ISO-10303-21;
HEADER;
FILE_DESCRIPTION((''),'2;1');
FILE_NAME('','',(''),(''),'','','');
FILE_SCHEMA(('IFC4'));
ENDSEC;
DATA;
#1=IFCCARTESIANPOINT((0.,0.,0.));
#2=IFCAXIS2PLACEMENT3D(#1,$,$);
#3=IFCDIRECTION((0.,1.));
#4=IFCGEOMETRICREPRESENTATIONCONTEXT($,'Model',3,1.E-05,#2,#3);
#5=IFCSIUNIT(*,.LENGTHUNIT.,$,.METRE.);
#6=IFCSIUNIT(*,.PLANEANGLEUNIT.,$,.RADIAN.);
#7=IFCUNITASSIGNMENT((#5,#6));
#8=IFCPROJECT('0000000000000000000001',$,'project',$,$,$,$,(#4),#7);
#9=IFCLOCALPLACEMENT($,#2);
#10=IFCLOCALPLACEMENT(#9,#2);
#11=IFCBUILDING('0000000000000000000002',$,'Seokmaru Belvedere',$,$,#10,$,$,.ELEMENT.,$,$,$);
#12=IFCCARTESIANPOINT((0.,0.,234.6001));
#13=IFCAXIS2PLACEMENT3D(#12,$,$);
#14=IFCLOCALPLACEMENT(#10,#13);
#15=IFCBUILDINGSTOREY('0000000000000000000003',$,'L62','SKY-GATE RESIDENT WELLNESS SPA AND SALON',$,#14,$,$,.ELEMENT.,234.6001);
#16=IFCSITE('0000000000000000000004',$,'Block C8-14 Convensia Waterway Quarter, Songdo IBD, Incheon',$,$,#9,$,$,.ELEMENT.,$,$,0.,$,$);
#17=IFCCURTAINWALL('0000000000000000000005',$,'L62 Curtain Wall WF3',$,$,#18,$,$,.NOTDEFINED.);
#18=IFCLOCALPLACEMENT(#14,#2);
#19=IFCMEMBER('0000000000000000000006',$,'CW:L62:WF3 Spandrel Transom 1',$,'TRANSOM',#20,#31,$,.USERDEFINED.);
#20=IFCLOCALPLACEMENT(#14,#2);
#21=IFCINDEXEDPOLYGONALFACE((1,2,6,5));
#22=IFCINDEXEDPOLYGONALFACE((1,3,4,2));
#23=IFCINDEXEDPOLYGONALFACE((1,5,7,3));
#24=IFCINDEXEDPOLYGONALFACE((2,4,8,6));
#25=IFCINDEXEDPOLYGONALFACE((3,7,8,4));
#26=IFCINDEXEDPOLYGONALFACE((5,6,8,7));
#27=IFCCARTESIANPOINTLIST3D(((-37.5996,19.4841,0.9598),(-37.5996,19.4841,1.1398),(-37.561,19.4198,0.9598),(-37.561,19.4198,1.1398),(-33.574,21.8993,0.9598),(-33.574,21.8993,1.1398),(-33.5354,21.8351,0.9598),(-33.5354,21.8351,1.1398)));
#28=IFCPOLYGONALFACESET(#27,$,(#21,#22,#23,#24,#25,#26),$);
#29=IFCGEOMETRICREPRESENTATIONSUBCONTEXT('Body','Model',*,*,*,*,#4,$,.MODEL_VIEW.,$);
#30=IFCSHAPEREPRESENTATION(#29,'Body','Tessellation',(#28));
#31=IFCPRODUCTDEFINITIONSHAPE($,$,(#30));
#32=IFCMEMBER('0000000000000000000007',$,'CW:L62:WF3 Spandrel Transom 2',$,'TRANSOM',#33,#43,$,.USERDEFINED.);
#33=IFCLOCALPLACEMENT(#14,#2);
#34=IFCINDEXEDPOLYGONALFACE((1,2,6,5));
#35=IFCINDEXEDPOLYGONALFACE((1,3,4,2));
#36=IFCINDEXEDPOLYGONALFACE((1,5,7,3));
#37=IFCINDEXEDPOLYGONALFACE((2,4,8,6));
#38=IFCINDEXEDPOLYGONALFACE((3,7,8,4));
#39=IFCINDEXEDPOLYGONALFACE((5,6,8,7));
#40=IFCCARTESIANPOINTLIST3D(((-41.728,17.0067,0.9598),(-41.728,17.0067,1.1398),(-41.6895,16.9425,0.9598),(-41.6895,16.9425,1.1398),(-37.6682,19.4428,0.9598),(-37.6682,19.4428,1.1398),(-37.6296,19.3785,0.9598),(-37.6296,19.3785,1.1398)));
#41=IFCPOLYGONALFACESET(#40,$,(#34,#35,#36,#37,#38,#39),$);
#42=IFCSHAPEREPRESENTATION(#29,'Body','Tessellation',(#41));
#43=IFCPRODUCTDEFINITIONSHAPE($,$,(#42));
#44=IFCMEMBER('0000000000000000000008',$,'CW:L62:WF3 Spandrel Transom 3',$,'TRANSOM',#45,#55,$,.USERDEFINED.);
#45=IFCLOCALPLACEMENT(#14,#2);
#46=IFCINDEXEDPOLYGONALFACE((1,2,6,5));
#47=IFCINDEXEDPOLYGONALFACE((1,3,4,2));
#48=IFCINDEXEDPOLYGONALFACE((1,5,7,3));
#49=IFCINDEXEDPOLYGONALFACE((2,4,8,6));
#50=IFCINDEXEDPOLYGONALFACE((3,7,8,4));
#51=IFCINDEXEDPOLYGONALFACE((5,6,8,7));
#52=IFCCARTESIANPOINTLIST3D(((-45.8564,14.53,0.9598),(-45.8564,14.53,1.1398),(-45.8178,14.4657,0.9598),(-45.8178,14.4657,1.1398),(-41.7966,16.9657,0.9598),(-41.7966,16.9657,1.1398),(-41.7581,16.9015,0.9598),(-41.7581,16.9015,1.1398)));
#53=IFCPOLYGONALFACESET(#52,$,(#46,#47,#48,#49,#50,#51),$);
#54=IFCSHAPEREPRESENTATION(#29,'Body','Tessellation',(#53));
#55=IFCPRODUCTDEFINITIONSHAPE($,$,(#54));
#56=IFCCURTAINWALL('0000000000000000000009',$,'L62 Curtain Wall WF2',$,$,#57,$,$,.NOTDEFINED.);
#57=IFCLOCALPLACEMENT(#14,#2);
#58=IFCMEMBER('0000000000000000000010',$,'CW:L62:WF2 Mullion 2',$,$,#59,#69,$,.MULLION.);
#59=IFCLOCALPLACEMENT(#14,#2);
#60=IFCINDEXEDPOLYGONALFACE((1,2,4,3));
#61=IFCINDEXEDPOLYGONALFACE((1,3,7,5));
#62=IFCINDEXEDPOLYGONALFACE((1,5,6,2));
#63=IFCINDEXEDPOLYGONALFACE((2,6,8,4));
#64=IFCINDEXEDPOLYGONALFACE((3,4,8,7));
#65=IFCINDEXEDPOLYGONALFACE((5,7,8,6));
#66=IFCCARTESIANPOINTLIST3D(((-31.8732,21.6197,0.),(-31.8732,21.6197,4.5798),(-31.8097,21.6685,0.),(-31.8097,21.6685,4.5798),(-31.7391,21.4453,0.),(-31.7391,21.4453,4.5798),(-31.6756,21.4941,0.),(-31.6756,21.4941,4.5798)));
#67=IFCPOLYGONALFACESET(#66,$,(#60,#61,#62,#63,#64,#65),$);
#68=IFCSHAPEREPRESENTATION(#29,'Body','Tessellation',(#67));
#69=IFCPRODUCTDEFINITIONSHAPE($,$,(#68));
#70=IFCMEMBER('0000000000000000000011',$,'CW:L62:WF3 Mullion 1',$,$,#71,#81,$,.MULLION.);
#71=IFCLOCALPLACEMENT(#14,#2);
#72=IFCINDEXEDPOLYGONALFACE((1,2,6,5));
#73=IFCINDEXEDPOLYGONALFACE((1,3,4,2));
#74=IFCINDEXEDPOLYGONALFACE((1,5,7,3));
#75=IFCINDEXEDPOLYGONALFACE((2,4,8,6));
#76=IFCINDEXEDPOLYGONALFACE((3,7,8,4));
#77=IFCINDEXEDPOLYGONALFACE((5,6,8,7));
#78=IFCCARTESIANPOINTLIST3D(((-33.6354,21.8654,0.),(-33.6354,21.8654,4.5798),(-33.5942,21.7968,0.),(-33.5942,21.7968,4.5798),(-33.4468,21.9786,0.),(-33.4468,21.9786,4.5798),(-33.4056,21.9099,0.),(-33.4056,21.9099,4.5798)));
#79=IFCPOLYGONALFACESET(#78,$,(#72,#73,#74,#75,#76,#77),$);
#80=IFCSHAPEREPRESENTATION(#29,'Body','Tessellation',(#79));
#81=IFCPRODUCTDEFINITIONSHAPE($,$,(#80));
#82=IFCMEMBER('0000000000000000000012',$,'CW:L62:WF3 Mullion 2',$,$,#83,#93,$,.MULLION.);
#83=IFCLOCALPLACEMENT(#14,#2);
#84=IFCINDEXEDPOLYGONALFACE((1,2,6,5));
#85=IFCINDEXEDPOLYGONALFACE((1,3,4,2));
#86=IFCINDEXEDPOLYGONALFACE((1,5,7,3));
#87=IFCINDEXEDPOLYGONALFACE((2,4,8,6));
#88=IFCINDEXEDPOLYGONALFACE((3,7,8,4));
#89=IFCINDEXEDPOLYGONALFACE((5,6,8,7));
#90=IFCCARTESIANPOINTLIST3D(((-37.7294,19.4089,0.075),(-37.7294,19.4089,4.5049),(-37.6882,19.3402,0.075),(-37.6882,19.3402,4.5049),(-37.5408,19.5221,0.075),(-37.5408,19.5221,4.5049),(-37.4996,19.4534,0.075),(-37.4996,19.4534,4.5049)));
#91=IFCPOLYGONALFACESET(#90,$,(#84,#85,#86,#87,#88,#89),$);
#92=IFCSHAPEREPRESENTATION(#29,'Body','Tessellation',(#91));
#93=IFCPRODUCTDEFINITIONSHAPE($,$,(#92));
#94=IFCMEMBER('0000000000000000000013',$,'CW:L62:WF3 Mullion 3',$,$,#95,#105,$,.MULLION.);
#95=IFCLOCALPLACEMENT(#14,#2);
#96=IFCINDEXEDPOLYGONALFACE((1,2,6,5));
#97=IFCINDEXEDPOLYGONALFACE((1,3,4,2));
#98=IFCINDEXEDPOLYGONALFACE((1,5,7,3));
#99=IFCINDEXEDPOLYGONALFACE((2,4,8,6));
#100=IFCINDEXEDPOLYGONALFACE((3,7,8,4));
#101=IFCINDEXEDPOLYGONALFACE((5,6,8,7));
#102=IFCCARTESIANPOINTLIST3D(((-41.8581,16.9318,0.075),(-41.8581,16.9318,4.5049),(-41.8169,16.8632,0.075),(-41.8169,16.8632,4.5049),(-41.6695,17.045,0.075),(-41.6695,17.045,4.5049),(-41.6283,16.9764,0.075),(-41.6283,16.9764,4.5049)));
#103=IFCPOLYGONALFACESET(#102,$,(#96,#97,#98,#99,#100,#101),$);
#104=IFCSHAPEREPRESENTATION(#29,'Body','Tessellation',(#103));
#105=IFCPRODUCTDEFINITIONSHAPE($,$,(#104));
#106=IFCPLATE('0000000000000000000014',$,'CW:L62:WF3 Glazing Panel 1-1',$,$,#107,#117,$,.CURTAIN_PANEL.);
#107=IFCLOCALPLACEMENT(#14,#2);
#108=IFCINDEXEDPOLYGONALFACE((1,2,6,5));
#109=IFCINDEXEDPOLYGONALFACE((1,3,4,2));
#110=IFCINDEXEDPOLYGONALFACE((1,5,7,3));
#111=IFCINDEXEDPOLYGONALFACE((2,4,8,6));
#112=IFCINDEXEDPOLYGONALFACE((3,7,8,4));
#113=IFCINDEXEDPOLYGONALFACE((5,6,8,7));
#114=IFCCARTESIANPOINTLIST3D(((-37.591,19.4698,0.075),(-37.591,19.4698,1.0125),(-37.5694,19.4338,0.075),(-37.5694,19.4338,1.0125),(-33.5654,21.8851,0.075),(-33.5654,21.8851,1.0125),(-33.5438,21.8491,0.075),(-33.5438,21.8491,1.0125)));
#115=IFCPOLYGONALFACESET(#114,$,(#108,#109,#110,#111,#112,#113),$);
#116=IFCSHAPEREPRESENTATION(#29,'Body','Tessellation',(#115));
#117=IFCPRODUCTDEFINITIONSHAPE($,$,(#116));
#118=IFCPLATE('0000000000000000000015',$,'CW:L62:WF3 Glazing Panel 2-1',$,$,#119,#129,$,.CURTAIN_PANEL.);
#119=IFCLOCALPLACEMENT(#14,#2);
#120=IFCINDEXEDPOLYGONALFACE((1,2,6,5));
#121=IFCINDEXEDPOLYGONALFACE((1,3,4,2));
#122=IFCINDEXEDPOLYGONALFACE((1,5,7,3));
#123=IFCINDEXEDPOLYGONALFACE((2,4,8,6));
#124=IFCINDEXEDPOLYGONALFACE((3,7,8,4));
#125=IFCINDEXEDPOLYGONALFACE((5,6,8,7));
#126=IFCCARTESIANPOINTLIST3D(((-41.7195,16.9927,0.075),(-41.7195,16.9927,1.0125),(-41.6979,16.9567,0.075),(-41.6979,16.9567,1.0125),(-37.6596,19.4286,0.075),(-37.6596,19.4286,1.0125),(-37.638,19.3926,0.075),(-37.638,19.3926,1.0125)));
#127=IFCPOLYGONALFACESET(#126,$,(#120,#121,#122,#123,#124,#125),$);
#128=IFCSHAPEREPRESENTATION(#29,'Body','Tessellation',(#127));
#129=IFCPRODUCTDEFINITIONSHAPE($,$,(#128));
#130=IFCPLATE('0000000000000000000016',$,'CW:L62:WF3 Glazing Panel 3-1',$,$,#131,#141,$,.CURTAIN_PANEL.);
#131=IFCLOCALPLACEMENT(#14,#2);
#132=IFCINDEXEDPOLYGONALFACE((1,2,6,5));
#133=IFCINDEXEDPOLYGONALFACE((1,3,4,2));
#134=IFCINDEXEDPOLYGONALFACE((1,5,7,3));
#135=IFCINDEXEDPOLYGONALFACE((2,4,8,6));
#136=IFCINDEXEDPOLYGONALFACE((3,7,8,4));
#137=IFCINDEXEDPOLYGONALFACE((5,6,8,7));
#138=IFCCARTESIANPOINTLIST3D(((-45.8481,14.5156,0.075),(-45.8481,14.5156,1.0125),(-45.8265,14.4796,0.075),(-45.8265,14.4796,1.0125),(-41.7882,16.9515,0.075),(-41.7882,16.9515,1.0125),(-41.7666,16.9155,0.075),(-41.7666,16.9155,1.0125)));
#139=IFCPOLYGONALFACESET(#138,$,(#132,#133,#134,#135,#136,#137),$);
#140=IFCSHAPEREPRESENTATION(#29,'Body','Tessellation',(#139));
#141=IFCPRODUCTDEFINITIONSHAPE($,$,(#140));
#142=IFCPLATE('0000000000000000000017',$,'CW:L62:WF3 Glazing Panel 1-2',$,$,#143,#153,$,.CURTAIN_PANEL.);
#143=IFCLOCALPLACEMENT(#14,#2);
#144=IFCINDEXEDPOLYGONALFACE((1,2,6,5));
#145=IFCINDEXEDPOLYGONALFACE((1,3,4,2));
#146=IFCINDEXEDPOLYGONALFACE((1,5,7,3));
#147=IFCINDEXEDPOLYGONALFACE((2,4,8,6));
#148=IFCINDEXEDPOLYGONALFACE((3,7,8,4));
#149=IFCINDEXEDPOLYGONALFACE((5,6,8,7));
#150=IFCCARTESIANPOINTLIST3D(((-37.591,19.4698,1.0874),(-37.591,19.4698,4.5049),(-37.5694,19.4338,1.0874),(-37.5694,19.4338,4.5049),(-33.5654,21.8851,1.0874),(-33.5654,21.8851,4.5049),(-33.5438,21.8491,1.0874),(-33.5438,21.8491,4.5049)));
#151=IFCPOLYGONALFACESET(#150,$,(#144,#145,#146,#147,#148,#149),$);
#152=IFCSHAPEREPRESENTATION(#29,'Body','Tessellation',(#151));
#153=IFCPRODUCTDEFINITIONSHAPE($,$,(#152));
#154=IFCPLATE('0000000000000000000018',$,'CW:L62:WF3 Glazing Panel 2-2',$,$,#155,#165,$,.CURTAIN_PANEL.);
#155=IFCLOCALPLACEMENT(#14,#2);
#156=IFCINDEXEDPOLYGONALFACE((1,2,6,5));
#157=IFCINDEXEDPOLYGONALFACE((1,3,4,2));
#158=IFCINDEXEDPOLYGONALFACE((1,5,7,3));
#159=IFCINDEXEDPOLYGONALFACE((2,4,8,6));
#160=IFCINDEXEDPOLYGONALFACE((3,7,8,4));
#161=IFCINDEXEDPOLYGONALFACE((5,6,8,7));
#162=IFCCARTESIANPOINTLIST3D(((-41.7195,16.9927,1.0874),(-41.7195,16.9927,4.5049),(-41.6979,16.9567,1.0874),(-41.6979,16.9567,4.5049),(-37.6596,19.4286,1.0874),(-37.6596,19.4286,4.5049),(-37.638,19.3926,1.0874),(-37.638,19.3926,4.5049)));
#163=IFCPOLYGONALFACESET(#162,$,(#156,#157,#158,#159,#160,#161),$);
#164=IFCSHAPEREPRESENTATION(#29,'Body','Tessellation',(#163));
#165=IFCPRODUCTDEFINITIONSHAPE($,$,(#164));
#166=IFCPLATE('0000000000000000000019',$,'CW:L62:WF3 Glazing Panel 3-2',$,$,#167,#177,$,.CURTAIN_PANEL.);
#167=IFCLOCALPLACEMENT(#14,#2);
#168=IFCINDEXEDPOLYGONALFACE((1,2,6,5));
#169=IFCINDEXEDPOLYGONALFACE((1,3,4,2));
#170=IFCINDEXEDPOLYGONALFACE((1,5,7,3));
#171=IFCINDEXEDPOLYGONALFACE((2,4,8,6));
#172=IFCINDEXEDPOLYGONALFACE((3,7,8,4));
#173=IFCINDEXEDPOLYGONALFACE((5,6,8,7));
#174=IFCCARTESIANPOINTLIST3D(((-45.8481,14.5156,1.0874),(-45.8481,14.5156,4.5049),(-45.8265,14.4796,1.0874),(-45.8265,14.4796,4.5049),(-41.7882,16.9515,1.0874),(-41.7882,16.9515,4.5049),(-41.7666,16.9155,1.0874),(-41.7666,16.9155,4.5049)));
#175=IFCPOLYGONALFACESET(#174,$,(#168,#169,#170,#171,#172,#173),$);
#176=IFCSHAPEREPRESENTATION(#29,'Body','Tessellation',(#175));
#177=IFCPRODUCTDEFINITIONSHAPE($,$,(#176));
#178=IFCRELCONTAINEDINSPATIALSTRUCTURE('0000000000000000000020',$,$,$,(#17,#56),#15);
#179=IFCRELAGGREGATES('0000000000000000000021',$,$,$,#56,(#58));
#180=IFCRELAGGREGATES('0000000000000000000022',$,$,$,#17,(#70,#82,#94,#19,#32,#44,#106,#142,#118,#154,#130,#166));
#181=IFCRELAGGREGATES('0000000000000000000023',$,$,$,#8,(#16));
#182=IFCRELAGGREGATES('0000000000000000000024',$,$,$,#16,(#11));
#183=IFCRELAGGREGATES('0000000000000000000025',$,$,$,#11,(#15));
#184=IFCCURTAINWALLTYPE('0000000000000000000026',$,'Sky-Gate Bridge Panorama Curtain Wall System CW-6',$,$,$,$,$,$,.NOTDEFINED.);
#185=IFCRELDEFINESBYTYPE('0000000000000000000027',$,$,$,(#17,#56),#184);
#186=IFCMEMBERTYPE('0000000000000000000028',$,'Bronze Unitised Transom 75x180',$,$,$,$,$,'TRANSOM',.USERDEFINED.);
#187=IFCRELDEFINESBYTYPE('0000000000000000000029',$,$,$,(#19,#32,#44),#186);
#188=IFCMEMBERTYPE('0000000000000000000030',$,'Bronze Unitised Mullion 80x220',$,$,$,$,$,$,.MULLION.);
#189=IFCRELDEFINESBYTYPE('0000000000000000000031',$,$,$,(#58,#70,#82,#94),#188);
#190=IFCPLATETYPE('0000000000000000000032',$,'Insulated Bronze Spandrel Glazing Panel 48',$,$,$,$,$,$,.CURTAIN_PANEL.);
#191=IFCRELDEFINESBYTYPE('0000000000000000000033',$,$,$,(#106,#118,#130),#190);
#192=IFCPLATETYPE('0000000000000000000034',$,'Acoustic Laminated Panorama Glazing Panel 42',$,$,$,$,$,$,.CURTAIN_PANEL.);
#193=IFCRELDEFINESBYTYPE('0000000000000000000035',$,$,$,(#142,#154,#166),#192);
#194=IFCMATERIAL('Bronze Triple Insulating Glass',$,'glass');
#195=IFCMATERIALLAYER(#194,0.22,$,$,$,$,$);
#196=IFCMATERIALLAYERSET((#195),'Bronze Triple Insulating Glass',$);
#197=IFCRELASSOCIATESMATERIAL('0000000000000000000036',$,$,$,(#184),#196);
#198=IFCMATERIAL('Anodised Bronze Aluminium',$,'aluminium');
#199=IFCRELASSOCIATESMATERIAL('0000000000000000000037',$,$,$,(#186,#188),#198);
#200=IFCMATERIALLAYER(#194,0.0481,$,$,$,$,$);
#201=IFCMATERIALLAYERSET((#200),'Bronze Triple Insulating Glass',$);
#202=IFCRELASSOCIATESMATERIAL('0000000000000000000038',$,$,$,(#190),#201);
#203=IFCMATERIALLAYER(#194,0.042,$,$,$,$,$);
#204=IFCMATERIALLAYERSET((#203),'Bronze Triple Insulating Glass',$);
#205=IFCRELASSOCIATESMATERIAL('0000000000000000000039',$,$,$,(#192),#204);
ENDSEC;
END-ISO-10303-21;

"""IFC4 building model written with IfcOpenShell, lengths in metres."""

from ifc_helpers import new_model, si_unit, direction, frame, origin, origin_2d, place, context, subcontext, project, spatial, rectangle, extrude, source, transform, mapped, material, layer, layer_set, material_profile, profile_set, type_object, type_shapes, element, aggregate, save


model = new_model("IFC4")

# Units and contexts
model_context = context("Model", 3, precision=1e-05, world=origin(), true_north=direction((0.0, 1.0)))
body_context = subcontext(model_context, "Body", "Model", "MODEL_VIEW")
ifc_project = project(units=[si_unit("LENGTHUNIT", "METRE"), si_unit("PLANEANGLEUNIT", "RADIAN")], contexts=[model_context])

# Site, building, storey
site_placement = place(None, origin())
site = spatial("IfcSite", under=ifc_project, at=site_placement, Name="Block C8-14 Convensia Waterway Quarter, Songdo IBD, Incheon", CompositionType="ELEMENT", RefElevation=0.0)
building_placement = place(site_placement, origin())
building = spatial("IfcBuilding", under=site, at=building_placement, Name="Seokmaru Belvedere", CompositionType="ELEMENT")
storey_placement = place(building_placement, frame((0.0, 0.0, 234.6001)))
storey = spatial("IfcBuildingStorey", under=building, at=storey_placement, Name="L62", Description="SKY-GATE RESIDENT WELLNESS SPA AND SALON", CompositionType="ELEMENT", Elevation=234.6001)

# Curtain wall, members
ifc_material_1 = material(Name="Bronze Triple Insulating Glass", Category="glass")
ifc_layer_1 = layer(ifc_material_1, 0.22)
ifc_layer_set_1 = layer_set([ifc_layer_1], Name="Bronze Triple Insulating Glass")
curtain_wall_type = type_object("IfcCurtainWallType", Name="Sky-Gate Bridge Panorama Curtain Wall System CW-6", PredefinedType="NOTDEFINED", material=ifc_layer_set_1)
curtain_wall_1_placement = place(storey_placement, origin())
curtain_wall_1 = element("IfcCurtainWall", 1, at=curtain_wall_1_placement, inside=storey, type_object=curtain_wall_type, Name="L62 Curtain Wall WF3", PredefinedType="NOTDEFINED")
ifc_material_2 = material(Name="Anodised Bronze Aluminium", Category="aluminium")
ifc_material_profile_1 = material_profile(ifc_material_2, rectangle(XDim=0.075, YDim=0.1799, at=origin_2d()), Name="CW-T-75x180")
ifc_profile_set_1 = profile_set([ifc_material_profile_1], Name="Anodised Bronze Aluminium")
member_type_1 = type_object("IfcMemberType", Name="Bronze Unitised Transom 75x180", ElementType="TRANSOM", PredefinedType="USERDEFINED", material=ifc_profile_set_1)
shared_shape_1 = source(origin(), body_context, "Body", "SweptSolid", [
    extrude(rectangle(XDim=0.075, YDim=0.1799, at=origin_2d()), origin(), (0.0, 0.0, 1.0), 4.6946),
])
member_1_placement = place(storey_placement, frame((-33.5547, 21.8672, 1.0498), z_axis=(-0.857502, -0.51448, 0.0), x_axis=(0.51448, -0.857502, 0.0)))
member_1 = element("IfcMember", 2, at=member_1_placement, type_object=member_type_1, Name="CW:L62:WF3 Spandrel Transom 1", ObjectType="TRANSOM", PredefinedType="USERDEFINED", context=body_context, shape_type="MappedRepresentation", body=[
    mapped(shared_shape_1, transform((0.0, 0.0, 0.0), scale=1.0)),
])
shared_shape_2 = source(origin(), body_context, "Body", "SweptSolid", [
    extrude(rectangle(XDim=0.075, YDim=0.1799, at=origin_2d()), origin(), (0.0, 0.0, 1.0), 4.7346),
])
member_2_placement = place(storey_placement, frame((-37.6489, 19.4106, 1.0498), z_axis=(-0.857479, -0.514519, 0.0), x_axis=(0.514519, -0.857479, 0.0)))
member_2 = element("IfcMember", 3, at=member_2_placement, type_object=member_type_1, Name="CW:L62:WF3 Spandrel Transom 2", ObjectType="TRANSOM", PredefinedType="USERDEFINED", context=body_context, shape_type="MappedRepresentation", body=[
    mapped(shared_shape_2, transform((0.0, 0.0, 0.0), scale=1.0)),
])
shared_shape_3 = source(origin(), body_context, "Body", "SweptSolid", [
    extrude(rectangle(XDim=0.075, YDim=0.1799, at=origin_2d()), origin(), (0.0, 0.0, 1.0), 4.7344),
])
member_3_placement = place(storey_placement, frame((-41.7773, 16.9336, 1.0498), z_axis=(-0.857502, -0.514481, 0.0), x_axis=(0.514481, -0.857502, 0.0)))
member_3 = element("IfcMember", 4, at=member_3_placement, type_object=member_type_1, Name="CW:L62:WF3 Spandrel Transom 3", ObjectType="TRANSOM", PredefinedType="USERDEFINED", context=body_context, shape_type="MappedRepresentation", body=[
    mapped(shared_shape_3, transform((0.0, 0.0, 0.0), scale=1.0)),
])

# Curtain wall, member
curtain_wall_2_placement = place(storey_placement, origin())
curtain_wall_2 = element("IfcCurtainWall", 5, at=curtain_wall_2_placement, inside=storey, type_object=curtain_wall_type, Name="L62 Curtain Wall WF2", PredefinedType="NOTDEFINED")
ifc_material_profile_2 = material_profile(ifc_material_2, rectangle(XDim=0.0801, YDim=0.22, at=origin_2d()), Name="CW-M-80x220")
ifc_profile_set_2 = profile_set([ifc_material_profile_2], Name="Anodised Bronze Aluminium")
member_type_2 = type_object("IfcMemberType", Name="Bronze Unitised Mullion 80x220", PredefinedType="MULLION", material=ifc_profile_set_2)
shared_shape_4 = source(origin(), body_context, "Body", "SweptSolid", [
    extrude(rectangle(XDim=0.0801, YDim=0.22, at=origin_2d()), origin(), (0.0, 0.0, 1.0), 4.5798),
])
member_4_placement = place(storey_placement, frame((-31.7744, 21.5569, 0.0), z_axis=(0.0, 0.0, 1.0), x_axis=(-0.792631, -0.609701, 0.0)))
member_4 = element("IfcMember", 6, at=member_4_placement, type_object=member_type_2, Name="CW:L62:WF2 Mullion 2", PredefinedType="MULLION", context=body_context, shape_type="MappedRepresentation", body=[
    mapped(shared_shape_4, transform((0.0, 0.0, 0.0), scale=1.0)),
])
aggregate(curtain_wall_2, [member_4])

# Members
member_5_placement = place(storey_placement, frame((-33.5205, 21.8877, 0.0), z_axis=(0.0, 0.0, 1.0), x_axis=(0.514495, -0.857493, 0.0)))
member_5 = element("IfcMember", 7, at=member_5_placement, type_object=member_type_2, Name="CW:L62:WF3 Mullion 1", PredefinedType="MULLION", context=body_context, shape_type="MappedRepresentation", body=[
    mapped(shared_shape_4, transform((0.0, 0.0, 0.0), scale=1.0)),
])
shared_shape_5 = source(origin(), body_context, "Body", "SweptSolid", [
    extrude(rectangle(XDim=0.0801, YDim=0.22, at=origin_2d()), origin(), (0.0, 0.0, 1.0), 4.4299),
])
type_shapes(member_type_2, [shared_shape_4, shared_shape_5])
member_6_placement = place(storey_placement, frame((-37.6145, 19.4312, 0.075), z_axis=(0.0, 0.0, 1.0), x_axis=(0.514495, -0.857493, 0.0)))
member_6 = element("IfcMember", 8, at=member_6_placement, type_object=member_type_2, Name="CW:L62:WF3 Mullion 2", PredefinedType="MULLION", context=body_context, shape_type="MappedRepresentation", body=[
    mapped(shared_shape_5, transform((0.0, 0.0, 0.0), scale=1.0)),
])
member_7_placement = place(storey_placement, frame((-41.7432, 16.9541, 0.075), z_axis=(0.0, 0.0, 1.0), x_axis=(0.514495, -0.857493, 0.0)))
member_7 = element("IfcMember", 9, at=member_7_placement, type_object=member_type_2, Name="CW:L62:WF3 Mullion 3", PredefinedType="MULLION", context=body_context, shape_type="MappedRepresentation", body=[
    mapped(shared_shape_5, transform((0.0, 0.0, 0.0), scale=1.0)),
])

# Plates
ifc_layer_2 = layer(ifc_material_1, 0.0481)
ifc_layer_set_2 = layer_set([ifc_layer_2], Name="Bronze Triple Insulating Glass")
plate_type_1 = type_object("IfcPlateType", Name="Insulated Bronze Spandrel Glazing Panel 48", PredefinedType="CURTAIN_PANEL", material=ifc_layer_set_2)
shared_shape_6 = source(origin(), body_context, "Body", "SweptSolid", [
    extrude(rectangle(XDim=4.6946, YDim=0.042, at=origin_2d()), origin(), (0.0, 0.0, 1.0), 0.9375),
])
plate_1_placement = place(storey_placement, frame((-35.5674, 20.6594, 0.075), z_axis=(0.0, 0.0, 1.0), x_axis=(-0.857493, -0.514495, 0.0)))
plate_1 = element("IfcPlate", 10, at=plate_1_placement, type_object=plate_type_1, Name="CW:L62:WF3 Glazing Panel 1-1", PredefinedType="CURTAIN_PANEL", context=body_context, shape_type="MappedRepresentation", body=[
    mapped(shared_shape_6, transform((0.0, 0.0, 0.0), scale=1.0)),
])
shared_shape_7 = source(origin(), body_context, "Body", "SweptSolid", [
    extrude(rectangle(XDim=4.7346, YDim=0.042, at=origin_2d()), origin(), (0.0, 0.0, 1.0), 0.9375),
])
type_shapes(plate_type_1, [shared_shape_6, shared_shape_7])
plate_2_placement = place(storey_placement, frame((-39.6787, 18.1926, 0.075), z_axis=(0.0, 0.0, 1.0), x_axis=(-0.857493, -0.514495, 0.0)))
plate_2 = element("IfcPlate", 11, at=plate_2_placement, type_object=plate_type_1, Name="CW:L62:WF3 Glazing Panel 2-1", PredefinedType="CURTAIN_PANEL", context=body_context, shape_type="MappedRepresentation", body=[
    mapped(shared_shape_7, transform((0.0, 0.0, 0.0), scale=1.0)),
])
plate_3_placement = place(storey_placement, frame((-43.8074, 15.7156, 0.075), z_axis=(0.0, 0.0, 1.0), x_axis=(-0.857493, -0.514495, 0.0)))
plate_3 = element("IfcPlate", 12, at=plate_3_placement, type_object=plate_type_1, Name="CW:L62:WF3 Glazing Panel 3-1", PredefinedType="CURTAIN_PANEL", context=body_context, shape_type="MappedRepresentation", body=[
    mapped(shared_shape_7, transform((0.0, 0.0, 0.0), scale=1.0)),
])
ifc_layer_3 = layer(ifc_material_1, 0.042)
ifc_layer_set_3 = layer_set([ifc_layer_3], Name="Bronze Triple Insulating Glass")
plate_type_2 = type_object("IfcPlateType", Name="Acoustic Laminated Panorama Glazing Panel 42", PredefinedType="CURTAIN_PANEL", material=ifc_layer_set_3)
shared_shape_8 = source(origin(), body_context, "Body", "SweptSolid", [
    extrude(rectangle(XDim=4.6946, YDim=0.042, at=origin_2d()), origin(), (0.0, 0.0, 1.0), 3.4175),
])
plate_4_placement = place(storey_placement, frame((-35.5674, 20.6594, 1.0874), z_axis=(0.0, 0.0, 1.0), x_axis=(-0.857493, -0.514495, 0.0)))
plate_4 = element("IfcPlate", 13, at=plate_4_placement, type_object=plate_type_2, Name="CW:L62:WF3 Glazing Panel 1-2", PredefinedType="CURTAIN_PANEL", context=body_context, shape_type="MappedRepresentation", body=[
    mapped(shared_shape_8, transform((0.0, 0.0, 0.0), scale=1.0)),
])
shared_shape_9 = source(origin(), body_context, "Body", "SweptSolid", [
    extrude(rectangle(XDim=4.7346, YDim=0.042, at=origin_2d()), origin(), (0.0, 0.0, 1.0), 3.4175),
])
type_shapes(plate_type_2, [shared_shape_8, shared_shape_9])
plate_5_placement = place(storey_placement, frame((-39.6787, 18.1926, 1.0874), z_axis=(0.0, 0.0, 1.0), x_axis=(-0.857493, -0.514495, 0.0)))
plate_5 = element("IfcPlate", 14, at=plate_5_placement, type_object=plate_type_2, Name="CW:L62:WF3 Glazing Panel 2-2", PredefinedType="CURTAIN_PANEL", context=body_context, shape_type="MappedRepresentation", body=[
    mapped(shared_shape_9, transform((0.0, 0.0, 0.0), scale=1.0)),
])
plate_6_placement = place(storey_placement, frame((-43.8074, 15.7156, 1.0874), z_axis=(0.0, 0.0, 1.0), x_axis=(-0.857493, -0.514495, 0.0)))
plate_6 = element("IfcPlate", 15, at=plate_6_placement, type_object=plate_type_2, Name="CW:L62:WF3 Glazing Panel 3-2", PredefinedType="CURTAIN_PANEL", context=body_context, shape_type="MappedRepresentation", body=[
    mapped(shared_shape_9, transform((0.0, 0.0, 0.0), scale=1.0)),
])
aggregate(curtain_wall_1, [member_5, member_6, member_7, member_1, member_2, member_3, plate_1, plate_4, plate_2, plate_5, plate_3, plate_6])

save(model, "model.ifc")
